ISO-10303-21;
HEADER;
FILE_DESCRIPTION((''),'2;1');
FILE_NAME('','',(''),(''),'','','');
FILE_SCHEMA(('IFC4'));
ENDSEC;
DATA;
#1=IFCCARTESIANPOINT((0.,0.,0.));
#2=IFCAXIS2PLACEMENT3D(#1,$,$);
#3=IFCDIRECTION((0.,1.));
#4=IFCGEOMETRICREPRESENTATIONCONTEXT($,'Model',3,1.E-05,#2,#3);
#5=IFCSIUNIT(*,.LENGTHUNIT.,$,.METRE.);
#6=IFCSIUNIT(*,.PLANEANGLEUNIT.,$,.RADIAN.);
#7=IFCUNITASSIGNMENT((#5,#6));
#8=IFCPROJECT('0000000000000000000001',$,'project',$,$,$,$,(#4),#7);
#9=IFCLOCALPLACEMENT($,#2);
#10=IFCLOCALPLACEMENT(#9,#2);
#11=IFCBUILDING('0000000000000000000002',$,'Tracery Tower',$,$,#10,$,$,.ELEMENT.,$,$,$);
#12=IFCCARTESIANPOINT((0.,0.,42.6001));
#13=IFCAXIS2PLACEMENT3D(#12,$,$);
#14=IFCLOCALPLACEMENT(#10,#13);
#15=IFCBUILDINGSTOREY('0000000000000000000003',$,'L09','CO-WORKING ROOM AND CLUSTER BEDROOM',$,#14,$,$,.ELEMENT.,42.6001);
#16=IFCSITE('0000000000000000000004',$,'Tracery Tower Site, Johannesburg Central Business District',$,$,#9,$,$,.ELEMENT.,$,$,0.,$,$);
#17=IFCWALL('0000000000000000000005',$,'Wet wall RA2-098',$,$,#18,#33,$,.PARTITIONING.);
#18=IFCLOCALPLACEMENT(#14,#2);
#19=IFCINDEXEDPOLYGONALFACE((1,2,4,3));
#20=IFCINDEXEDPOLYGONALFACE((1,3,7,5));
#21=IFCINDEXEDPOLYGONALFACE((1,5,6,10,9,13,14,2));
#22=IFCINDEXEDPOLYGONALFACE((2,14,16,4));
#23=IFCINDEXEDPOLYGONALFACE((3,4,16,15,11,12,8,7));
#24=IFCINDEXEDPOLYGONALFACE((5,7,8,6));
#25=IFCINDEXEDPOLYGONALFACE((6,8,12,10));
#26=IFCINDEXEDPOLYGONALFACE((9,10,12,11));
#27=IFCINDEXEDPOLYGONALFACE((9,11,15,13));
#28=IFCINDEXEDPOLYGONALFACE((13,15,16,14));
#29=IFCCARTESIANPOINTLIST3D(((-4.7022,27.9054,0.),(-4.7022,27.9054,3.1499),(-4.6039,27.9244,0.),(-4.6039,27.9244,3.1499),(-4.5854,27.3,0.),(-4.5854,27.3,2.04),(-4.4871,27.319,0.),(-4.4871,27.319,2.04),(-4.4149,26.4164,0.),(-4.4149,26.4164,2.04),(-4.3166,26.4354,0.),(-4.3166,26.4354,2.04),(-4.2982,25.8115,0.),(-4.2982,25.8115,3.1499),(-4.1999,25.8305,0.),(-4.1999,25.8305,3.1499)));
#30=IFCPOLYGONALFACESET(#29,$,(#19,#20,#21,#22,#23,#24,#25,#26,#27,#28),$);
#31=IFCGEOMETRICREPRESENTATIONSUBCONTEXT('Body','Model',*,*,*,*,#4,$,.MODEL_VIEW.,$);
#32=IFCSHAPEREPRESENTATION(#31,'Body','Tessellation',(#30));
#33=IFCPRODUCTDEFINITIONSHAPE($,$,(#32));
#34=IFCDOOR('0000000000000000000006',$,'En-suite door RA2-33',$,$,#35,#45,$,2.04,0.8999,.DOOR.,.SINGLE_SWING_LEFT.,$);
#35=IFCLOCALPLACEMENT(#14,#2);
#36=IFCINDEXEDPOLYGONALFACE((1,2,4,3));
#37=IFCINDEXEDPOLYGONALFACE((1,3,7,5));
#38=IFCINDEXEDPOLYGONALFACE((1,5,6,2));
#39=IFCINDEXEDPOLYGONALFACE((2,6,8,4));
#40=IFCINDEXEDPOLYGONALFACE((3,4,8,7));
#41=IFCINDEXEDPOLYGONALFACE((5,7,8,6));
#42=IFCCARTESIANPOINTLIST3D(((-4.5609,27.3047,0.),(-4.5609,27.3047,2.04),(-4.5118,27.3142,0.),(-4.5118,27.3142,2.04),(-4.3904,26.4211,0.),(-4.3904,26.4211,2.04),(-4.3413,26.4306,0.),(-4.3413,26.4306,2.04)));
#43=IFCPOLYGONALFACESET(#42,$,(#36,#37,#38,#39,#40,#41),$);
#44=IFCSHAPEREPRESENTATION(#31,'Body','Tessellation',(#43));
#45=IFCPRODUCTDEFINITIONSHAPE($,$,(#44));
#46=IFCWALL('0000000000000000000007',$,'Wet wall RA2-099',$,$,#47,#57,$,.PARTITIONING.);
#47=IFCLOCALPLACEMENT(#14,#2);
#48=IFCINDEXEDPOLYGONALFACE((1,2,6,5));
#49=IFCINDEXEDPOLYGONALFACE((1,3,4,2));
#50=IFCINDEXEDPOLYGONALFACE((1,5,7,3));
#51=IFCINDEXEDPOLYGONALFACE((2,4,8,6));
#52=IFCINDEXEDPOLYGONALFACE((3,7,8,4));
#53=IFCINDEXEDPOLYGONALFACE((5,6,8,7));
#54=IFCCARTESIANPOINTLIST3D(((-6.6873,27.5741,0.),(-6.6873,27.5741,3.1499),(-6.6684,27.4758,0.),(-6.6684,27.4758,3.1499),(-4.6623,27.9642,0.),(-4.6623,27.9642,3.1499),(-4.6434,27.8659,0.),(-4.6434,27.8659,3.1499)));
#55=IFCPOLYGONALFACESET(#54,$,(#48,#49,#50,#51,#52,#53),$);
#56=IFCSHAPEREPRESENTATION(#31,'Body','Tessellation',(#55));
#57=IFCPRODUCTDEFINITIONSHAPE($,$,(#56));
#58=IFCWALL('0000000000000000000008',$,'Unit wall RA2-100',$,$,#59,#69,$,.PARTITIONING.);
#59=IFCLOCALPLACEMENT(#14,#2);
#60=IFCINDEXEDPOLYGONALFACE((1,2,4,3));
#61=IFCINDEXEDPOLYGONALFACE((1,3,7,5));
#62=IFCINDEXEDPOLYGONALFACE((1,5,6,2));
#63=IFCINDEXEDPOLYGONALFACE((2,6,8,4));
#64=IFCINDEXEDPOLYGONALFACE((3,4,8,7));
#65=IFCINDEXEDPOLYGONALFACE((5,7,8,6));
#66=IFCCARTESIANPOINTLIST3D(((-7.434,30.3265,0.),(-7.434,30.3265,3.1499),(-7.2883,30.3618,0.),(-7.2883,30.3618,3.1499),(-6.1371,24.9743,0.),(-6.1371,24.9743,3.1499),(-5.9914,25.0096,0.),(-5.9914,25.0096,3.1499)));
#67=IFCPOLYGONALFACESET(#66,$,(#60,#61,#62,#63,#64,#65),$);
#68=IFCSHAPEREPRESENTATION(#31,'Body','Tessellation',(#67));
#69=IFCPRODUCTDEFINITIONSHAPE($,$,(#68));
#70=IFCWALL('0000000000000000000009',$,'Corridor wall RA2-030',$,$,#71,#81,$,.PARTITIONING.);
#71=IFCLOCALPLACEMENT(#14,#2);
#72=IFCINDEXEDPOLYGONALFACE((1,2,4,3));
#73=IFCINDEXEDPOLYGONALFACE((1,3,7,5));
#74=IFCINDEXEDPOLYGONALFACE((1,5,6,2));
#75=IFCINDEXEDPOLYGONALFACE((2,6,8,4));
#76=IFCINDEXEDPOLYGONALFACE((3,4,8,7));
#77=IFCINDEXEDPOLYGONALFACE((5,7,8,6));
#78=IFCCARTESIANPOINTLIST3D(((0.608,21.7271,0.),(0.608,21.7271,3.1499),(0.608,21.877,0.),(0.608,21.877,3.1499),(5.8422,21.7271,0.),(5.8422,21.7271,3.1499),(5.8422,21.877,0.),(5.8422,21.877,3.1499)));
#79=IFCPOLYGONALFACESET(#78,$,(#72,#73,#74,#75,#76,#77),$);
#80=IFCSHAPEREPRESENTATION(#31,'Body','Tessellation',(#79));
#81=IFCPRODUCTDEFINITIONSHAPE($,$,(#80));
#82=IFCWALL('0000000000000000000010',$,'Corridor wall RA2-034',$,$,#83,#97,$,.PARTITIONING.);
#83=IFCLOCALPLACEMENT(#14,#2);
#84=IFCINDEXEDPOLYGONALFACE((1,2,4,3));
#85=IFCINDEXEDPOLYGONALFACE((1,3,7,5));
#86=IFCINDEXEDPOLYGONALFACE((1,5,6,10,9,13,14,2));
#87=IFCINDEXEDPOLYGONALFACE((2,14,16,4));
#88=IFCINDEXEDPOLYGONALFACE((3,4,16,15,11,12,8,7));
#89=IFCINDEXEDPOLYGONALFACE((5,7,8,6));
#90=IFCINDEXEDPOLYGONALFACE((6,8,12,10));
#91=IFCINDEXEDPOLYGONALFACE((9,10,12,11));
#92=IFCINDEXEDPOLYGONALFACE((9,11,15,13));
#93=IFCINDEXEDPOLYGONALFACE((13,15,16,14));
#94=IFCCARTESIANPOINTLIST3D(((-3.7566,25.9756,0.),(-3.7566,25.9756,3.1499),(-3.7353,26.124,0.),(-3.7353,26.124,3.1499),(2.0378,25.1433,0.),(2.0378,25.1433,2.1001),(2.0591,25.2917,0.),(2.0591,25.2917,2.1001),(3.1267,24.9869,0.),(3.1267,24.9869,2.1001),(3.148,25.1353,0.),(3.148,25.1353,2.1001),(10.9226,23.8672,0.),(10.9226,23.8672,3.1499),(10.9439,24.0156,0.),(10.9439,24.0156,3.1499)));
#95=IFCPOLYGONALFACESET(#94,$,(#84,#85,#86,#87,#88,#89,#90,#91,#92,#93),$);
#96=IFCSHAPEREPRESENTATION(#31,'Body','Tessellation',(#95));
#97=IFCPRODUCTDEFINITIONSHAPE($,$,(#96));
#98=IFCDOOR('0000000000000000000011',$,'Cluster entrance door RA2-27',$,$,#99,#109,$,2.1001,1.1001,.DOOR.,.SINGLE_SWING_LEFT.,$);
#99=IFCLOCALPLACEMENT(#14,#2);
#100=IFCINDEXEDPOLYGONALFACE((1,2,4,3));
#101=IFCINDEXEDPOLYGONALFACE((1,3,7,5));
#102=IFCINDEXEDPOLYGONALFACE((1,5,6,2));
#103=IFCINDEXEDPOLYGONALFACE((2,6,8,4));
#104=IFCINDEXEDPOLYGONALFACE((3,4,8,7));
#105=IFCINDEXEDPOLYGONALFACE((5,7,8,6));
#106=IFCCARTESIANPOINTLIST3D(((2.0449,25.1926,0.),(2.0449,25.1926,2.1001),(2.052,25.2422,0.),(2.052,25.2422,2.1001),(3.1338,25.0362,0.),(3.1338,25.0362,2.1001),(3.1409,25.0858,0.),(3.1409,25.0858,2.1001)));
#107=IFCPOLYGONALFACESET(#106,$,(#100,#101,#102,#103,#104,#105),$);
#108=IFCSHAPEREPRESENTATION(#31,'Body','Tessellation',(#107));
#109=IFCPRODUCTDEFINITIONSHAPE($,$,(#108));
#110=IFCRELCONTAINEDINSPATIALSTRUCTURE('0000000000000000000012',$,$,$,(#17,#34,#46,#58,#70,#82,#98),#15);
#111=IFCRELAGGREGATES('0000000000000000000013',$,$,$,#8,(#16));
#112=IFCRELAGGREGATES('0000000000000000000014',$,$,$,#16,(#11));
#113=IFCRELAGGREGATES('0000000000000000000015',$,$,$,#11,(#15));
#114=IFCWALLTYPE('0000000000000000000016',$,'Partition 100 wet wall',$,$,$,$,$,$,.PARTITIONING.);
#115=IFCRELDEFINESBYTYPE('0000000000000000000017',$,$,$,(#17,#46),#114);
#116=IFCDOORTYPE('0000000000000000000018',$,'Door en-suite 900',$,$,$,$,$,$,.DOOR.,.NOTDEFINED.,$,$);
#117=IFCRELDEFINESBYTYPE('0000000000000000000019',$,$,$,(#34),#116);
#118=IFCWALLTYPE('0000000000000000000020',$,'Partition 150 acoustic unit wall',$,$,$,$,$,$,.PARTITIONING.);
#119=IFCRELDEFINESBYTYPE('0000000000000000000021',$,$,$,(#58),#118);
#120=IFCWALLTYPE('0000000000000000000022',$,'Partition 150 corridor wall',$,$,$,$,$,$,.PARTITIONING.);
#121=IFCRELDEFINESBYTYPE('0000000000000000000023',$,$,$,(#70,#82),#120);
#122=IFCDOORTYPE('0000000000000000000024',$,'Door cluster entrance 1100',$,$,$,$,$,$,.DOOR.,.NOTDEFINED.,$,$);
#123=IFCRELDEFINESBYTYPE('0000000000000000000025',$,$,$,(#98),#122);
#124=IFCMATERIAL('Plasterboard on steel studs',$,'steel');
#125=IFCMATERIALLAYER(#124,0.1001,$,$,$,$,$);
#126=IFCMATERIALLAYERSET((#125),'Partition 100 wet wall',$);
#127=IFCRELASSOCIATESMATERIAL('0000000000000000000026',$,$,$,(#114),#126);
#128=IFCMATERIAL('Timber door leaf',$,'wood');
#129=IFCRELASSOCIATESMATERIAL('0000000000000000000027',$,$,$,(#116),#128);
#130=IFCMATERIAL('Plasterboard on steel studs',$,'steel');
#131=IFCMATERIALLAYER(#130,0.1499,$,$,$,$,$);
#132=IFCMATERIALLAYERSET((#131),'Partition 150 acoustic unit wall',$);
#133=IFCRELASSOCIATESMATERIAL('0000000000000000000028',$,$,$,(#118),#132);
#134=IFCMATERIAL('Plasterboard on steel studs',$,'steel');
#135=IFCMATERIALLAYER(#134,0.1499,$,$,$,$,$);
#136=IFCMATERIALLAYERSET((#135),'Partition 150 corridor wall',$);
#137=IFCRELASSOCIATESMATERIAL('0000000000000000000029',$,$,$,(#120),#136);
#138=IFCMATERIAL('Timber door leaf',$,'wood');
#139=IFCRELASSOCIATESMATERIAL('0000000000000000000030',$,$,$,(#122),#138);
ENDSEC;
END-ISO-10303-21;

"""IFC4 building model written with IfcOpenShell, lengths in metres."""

from ifc_helpers import new_model, si_unit, direction, frame, frame_2d, origin, place, context, subcontext, project, spatial, rectangle, extrude, material, layer, layer_set, type_object, element, fill, save


model = new_model("IFC4")

# Units and contexts
model_context = context("Model", 3, precision=1e-05, world=origin(), true_north=direction((0.0, 1.0)))
body_context = subcontext(model_context, "Body", "Model", "MODEL_VIEW")
ifc_project = project(units=[si_unit("LENGTHUNIT", "METRE"), si_unit("PLANEANGLEUNIT", "RADIAN")], contexts=[model_context])

# Site, building, storey
site_placement = place(None, origin())
site = spatial("IfcSite", under=ifc_project, at=site_placement, Name="Tracery Tower Site, Johannesburg Central Business District", CompositionType="ELEMENT", RefElevation=0.0)
building_placement = place(site_placement, origin())
building = spatial("IfcBuilding", under=site, at=building_placement, Name="Tracery Tower", CompositionType="ELEMENT")
storey_placement = place(building_placement, frame((0.0, 0.0, 42.6001)))
storey = spatial("IfcBuildingStorey", under=building, at=storey_placement, Name="L09", Description="CO-WORKING ROOM AND CLUSTER BEDROOM", CompositionType="ELEMENT", Elevation=42.6001)

# Wall, opening, door
ifc_material_1 = material(Name="Plasterboard on steel studs", Category="steel")
ifc_layer_1 = layer(ifc_material_1, 0.1001)
ifc_layer_set_1 = layer_set([ifc_layer_1], Name="Partition 100 wet wall")
wall_type_1 = type_object("IfcWallType", Name="Partition 100 wet wall", PredefinedType="PARTITIONING", material=ifc_layer_set_1)
wall_1_placement = place(storey_placement, frame((-4.6531, 27.915, 0.0), z_axis=(0.0, 0.0, 1.0), x_axis=(0.189463, -0.981888, 0.0)))
wall_1 = element("IfcWall", 1, at=wall_1_placement, inside=storey, type_object=wall_type_1, Name="Wet wall RA2-098", PredefinedType="PARTITIONING", context=body_context, shape_type="SweptSolid", body=[
    extrude(rectangle(XDim=2.1326, YDim=0.1001, at=frame_2d((1.0664, 0.0))), origin(), (0.0, 0.0, 1.0), 3.1499),
])
opening_1_placement = place(wall_1_placement, frame((0.6167, 0.0, 0.0)))
opening_1 = element("IfcOpeningElement", 2, at=opening_1_placement, cuts=wall_1, PredefinedType="OPENING", context=body_context, shape_type="SweptSolid", body=[
    extrude(rectangle(XDim=0.8999, YDim=2.04, at=frame_2d((0.45, 1.02))), frame((0.0, 0.05, 0.0), z_axis=(0.0, -1.0, 0.0), x_axis=(1.0, 0.0, 0.0)), (0.0, 0.0, 1.0), 0.1001),
])
ifc_material_2 = material(Name="Timber door leaf", Category="wood")
door_type_1 = type_object("IfcDoorType", Name="Door en-suite 900", OperationType="NOTDEFINED", PredefinedType="DOOR", material=ifc_material_2)
door_1_placement = place(opening_1_placement, origin())
door_1 = element("IfcDoor", 3, at=door_1_placement, inside=storey, type_object=door_type_1, Name="En-suite door RA2-33", OperationType="SINGLE_SWING_LEFT", OverallHeight=2.04, OverallWidth=0.8999, PredefinedType="DOOR", context=body_context, shape_type="SweptSolid", body=[
    extrude(rectangle(XDim=0.8999, YDim=2.04, at=frame_2d((0.45, 1.02))), frame((0.0, 0.0249, 0.0), z_axis=(0.0, -1.0, 0.0), x_axis=(1.0, 0.0, 0.0)), (0.0, 0.0, 1.0), 0.05),
])
fill(opening_1, door_1)

# Walls
wall_2_placement = place(storey_placement, frame((-6.678, 27.5249, 0.0), z_axis=(0.0, 0.0, 1.0), x_axis=(0.981941, 0.18919, 0.0)))
element("IfcWall", 4, at=wall_2_placement, inside=storey, type_object=wall_type_1, Name="Wet wall RA2-099", PredefinedType="PARTITIONING", context=body_context, shape_type="SweptSolid", body=[
    extrude(rectangle(XDim=2.0623, YDim=0.1001, at=frame_2d((1.0312, 0.0))), origin(), (0.0, 0.0, 1.0), 3.1499),
])
ifc_material_3 = material(Name="Plasterboard on steel studs", Category="steel")
ifc_layer_2 = layer(ifc_material_3, 0.1499)
ifc_layer_set_2 = layer_set([ifc_layer_2], Name="Partition 150 acoustic unit wall")
wall_type_2 = type_object("IfcWallType", Name="Partition 150 acoustic unit wall", PredefinedType="PARTITIONING", material=ifc_layer_set_2)
wall_3_placement = place(storey_placement, frame((-7.3611, 30.344, 0.0), z_axis=(0.0, 0.0, 1.0), x_axis=(0.235488, -0.971877, 0.0)))
element("IfcWall", 5, at=wall_3_placement, inside=storey, type_object=wall_type_2, Name="Unit wall RA2-100", PredefinedType="PARTITIONING", context=body_context, shape_type="SweptSolid", body=[
    extrude(rectangle(XDim=5.5071, YDim=0.1499, at=frame_2d((2.7534, 0.0))), origin(), (0.0, 0.0, 1.0), 3.1499),
])
ifc_material_4 = material(Name="Plasterboard on steel studs", Category="steel")
ifc_layer_3 = layer(ifc_material_4, 0.1499)
ifc_layer_set_3 = layer_set([ifc_layer_3], Name="Partition 150 corridor wall")
wall_type_3 = type_object("IfcWallType", Name="Partition 150 corridor wall", PredefinedType="PARTITIONING", material=ifc_layer_set_3)
wall_4_placement = place(storey_placement, frame((0.6079, 21.802, 0.0), z_axis=(0.0, 0.0, 1.0), x_axis=(1.0, 0.0, 0.0)))
element("IfcWall", 6, at=wall_4_placement, inside=storey, type_object=wall_type_3, Name="Corridor wall RA2-030", PredefinedType="PARTITIONING", context=body_context, shape_type="SweptSolid", body=[
    extrude(rectangle(XDim=5.2341, YDim=0.1499, at=frame_2d((2.6172, 0.0))), origin(), (0.0, 0.0, 1.0), 3.1499),
])

# Wall, opening, door
wall_5_placement = place(storey_placement, frame((-3.7461, 26.0498, 0.0), z_axis=(0.0, 0.0, 1.0), x_axis=(0.989842, -0.142173, 0.0)))
wall_5 = element("IfcWall", 7, at=wall_5_placement, inside=storey, type_object=wall_type_3, Name="Corridor wall RA2-034", PredefinedType="PARTITIONING", context=body_context, shape_type="SweptSolid", body=[
    extrude(rectangle(XDim=14.8298, YDim=0.1499, at=frame_2d((7.415, 0.0))), origin(), (0.0, 0.0, 1.0), 3.1499),
])
opening_2_placement = place(wall_5_placement, frame((5.854, 0.0, 0.0)))
opening_2 = element("IfcOpeningElement", 8, at=opening_2_placement, cuts=wall_5, PredefinedType="OPENING", context=body_context, shape_type="SweptSolid", body=[
    extrude(rectangle(XDim=1.1001, YDim=2.1001, at=frame_2d((0.55, 1.05))), frame((0.0, 0.075, 0.0), z_axis=(0.0, -1.0, 0.0), x_axis=(1.0, 0.0, 0.0)), (0.0, 0.0, 1.0), 0.1499),
])
ifc_material_5 = material(Name="Timber door leaf", Category="wood")
door_type_2 = type_object("IfcDoorType", Name="Door cluster entrance 1100", OperationType="NOTDEFINED", PredefinedType="DOOR", material=ifc_material_5)
door_2_placement = place(opening_2_placement, origin())
door_2 = element("IfcDoor", 9, at=door_2_placement, inside=storey, type_object=door_type_2, Name="Cluster entrance door RA2-27", OperationType="SINGLE_SWING_LEFT", OverallHeight=2.1001, OverallWidth=1.1001, PredefinedType="DOOR", context=body_context, shape_type="SweptSolid", body=[
    extrude(rectangle(XDim=1.1001, YDim=2.1001, at=frame_2d((0.55, 1.05))), frame((0.0, 0.0249, 0.0), z_axis=(0.0, -1.0, 0.0), x_axis=(1.0, 0.0, 0.0)), (0.0, 0.0, 1.0), 0.05),
])
fill(opening_2, door_2)

save(model, "model.ifc")
